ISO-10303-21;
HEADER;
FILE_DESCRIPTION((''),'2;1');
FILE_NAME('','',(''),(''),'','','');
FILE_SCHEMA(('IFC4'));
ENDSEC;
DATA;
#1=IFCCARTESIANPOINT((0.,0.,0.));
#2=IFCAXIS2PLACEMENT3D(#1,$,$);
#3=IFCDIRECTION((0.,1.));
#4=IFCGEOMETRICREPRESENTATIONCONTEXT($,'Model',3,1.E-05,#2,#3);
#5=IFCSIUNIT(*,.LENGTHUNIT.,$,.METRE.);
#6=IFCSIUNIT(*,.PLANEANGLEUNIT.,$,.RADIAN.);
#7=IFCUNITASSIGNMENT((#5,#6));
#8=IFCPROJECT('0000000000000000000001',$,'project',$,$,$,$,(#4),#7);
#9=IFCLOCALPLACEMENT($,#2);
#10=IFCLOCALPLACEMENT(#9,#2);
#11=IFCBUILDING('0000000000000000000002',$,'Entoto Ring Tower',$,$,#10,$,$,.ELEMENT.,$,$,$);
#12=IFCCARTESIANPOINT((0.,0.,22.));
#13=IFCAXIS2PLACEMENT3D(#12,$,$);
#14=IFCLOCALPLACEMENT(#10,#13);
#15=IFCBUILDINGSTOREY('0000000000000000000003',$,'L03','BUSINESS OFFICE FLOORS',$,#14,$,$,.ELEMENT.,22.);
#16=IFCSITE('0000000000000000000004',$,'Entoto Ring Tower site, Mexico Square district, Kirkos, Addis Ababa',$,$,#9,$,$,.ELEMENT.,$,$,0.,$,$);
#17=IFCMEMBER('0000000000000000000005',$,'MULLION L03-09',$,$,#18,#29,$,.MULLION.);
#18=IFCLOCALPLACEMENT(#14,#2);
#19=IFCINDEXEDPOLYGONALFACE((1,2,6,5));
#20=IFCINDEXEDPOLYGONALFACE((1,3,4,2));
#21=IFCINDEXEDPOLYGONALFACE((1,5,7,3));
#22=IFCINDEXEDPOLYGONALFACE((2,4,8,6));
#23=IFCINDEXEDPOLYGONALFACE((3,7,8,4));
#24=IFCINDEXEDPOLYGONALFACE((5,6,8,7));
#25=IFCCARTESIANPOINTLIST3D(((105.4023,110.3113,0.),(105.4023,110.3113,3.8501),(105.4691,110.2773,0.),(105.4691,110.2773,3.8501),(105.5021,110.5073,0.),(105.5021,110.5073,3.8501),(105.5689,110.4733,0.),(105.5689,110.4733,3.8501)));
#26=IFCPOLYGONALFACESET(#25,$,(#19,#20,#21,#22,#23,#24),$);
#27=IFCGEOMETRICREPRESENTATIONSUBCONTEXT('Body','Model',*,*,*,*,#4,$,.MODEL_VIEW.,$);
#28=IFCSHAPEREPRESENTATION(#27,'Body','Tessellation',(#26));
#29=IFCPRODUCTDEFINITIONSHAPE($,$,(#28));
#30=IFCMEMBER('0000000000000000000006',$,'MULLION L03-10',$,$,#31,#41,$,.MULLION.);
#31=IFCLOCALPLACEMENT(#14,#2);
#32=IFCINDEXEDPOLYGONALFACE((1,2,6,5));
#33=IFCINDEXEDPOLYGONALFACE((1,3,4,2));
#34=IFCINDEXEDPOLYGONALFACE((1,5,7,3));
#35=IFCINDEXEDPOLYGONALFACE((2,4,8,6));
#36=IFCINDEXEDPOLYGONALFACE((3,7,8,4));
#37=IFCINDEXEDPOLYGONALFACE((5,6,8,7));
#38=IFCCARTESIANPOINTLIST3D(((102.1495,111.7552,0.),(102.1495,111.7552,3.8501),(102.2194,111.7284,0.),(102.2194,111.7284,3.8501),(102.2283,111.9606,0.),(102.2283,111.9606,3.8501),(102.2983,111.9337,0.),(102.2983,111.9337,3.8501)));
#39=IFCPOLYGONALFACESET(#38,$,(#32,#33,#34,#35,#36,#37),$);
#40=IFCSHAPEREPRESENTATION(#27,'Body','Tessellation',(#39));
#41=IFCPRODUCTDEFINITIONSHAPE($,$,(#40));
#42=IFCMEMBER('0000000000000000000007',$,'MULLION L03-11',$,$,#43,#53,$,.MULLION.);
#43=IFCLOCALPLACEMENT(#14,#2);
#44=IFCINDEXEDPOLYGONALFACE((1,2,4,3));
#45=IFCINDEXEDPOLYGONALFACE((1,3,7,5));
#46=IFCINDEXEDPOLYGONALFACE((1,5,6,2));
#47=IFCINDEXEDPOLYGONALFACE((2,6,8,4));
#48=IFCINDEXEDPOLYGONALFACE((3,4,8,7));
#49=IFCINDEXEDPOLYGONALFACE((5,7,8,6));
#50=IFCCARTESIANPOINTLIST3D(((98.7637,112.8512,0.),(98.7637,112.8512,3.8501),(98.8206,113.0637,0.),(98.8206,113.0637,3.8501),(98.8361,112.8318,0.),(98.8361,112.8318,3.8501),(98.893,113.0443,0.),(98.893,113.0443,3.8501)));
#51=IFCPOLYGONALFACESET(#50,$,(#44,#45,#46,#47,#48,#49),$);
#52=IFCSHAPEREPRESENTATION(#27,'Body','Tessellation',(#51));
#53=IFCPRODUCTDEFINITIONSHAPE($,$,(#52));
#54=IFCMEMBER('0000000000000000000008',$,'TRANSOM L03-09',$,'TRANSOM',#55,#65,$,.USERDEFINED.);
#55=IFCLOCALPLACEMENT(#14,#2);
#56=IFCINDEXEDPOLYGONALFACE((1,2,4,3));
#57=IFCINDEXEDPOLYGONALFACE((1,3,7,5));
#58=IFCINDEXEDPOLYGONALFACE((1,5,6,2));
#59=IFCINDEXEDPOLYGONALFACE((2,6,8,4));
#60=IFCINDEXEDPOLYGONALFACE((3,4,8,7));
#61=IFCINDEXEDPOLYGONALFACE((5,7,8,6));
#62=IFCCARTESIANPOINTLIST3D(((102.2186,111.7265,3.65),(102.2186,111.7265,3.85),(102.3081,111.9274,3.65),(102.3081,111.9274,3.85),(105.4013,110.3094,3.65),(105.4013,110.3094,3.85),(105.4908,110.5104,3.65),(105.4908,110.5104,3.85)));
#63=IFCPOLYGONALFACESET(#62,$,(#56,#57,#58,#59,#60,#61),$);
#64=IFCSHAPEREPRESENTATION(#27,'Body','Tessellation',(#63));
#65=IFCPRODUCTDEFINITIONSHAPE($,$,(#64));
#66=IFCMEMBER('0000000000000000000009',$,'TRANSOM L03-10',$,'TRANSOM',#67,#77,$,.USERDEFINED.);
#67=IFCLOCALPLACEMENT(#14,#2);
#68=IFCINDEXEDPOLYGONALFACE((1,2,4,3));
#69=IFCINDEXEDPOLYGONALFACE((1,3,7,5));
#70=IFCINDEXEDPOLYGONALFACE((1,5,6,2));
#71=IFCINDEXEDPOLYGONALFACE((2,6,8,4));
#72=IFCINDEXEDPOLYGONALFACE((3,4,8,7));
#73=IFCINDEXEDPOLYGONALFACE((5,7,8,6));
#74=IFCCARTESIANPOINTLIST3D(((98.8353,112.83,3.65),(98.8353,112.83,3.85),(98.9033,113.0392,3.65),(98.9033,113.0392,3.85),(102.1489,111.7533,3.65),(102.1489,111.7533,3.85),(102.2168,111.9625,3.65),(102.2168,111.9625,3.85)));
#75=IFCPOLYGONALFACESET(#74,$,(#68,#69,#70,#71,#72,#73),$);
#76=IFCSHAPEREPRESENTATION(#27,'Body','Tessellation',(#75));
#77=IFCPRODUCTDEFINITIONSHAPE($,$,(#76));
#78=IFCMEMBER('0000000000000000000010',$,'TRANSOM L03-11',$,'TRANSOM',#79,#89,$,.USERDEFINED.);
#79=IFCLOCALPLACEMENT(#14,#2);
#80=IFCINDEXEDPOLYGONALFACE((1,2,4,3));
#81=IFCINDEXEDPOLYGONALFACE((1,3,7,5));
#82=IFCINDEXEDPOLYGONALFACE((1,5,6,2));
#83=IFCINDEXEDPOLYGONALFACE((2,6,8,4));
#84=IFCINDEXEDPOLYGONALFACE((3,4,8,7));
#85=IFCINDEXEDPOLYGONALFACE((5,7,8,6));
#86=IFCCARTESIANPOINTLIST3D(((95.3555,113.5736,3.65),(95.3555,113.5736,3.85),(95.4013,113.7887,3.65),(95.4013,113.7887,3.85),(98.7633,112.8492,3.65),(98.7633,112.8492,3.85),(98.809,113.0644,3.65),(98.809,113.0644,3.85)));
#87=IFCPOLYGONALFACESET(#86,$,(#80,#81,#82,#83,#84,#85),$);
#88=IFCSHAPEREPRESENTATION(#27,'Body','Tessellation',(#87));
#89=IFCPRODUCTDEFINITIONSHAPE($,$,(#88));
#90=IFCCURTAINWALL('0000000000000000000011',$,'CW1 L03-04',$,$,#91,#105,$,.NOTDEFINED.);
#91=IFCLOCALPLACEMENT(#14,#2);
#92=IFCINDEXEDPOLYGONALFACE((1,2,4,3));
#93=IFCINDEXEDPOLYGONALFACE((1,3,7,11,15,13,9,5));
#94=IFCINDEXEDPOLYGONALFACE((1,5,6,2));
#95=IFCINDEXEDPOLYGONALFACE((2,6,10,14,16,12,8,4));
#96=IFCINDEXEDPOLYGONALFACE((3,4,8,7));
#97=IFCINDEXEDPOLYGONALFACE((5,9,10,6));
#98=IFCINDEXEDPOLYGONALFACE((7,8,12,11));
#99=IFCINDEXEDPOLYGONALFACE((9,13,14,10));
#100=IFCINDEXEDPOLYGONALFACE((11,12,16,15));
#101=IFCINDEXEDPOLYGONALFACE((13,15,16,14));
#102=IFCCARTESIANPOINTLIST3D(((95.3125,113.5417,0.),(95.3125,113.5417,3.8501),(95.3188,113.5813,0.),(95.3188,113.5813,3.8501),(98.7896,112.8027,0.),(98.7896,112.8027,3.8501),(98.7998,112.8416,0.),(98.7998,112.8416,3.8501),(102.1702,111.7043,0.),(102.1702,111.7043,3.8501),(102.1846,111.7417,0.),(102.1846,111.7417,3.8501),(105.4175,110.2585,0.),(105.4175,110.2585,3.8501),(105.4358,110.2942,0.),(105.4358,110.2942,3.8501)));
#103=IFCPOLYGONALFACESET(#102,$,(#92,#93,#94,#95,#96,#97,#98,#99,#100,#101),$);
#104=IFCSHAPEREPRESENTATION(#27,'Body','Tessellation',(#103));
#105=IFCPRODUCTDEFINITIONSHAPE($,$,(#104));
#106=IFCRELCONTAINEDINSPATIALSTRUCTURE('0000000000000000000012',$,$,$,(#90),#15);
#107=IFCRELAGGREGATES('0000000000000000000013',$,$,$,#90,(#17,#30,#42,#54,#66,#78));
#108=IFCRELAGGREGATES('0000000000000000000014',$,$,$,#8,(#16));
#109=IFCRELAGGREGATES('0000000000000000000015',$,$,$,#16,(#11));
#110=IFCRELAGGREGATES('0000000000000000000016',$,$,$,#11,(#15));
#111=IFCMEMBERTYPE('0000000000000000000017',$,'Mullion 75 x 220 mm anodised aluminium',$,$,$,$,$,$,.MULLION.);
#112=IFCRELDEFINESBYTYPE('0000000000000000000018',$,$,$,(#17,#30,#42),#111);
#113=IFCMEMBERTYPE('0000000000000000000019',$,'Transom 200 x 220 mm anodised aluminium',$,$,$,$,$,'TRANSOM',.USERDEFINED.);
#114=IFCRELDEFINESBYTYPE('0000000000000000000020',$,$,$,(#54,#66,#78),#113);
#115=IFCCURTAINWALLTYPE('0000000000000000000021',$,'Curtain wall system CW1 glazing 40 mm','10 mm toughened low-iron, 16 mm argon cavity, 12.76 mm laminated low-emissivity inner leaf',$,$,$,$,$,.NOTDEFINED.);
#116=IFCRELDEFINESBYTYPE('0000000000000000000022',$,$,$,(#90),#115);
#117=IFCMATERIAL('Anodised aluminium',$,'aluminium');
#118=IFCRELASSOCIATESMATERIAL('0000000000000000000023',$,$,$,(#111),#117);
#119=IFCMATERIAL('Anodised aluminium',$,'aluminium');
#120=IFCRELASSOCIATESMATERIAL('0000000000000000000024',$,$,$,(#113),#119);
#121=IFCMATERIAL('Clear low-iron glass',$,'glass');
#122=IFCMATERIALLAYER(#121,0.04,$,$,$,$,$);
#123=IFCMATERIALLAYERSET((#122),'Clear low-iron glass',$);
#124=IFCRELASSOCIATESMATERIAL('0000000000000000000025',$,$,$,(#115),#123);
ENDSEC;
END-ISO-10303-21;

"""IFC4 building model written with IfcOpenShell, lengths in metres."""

from ifc_helpers import new_model, si_unit, direction, frame, origin, origin_2d, place, context, subcontext, project, spatial, polyline, rectangle, outline, extrude, material, layer, layer_set, material_profile, profile_set, type_object, element, aggregate, save


model = new_model("IFC4")

# Units and contexts
model_context = context("Model", 3, precision=1e-05, world=origin(), true_north=direction((0.0, 1.0)))
body_context = subcontext(model_context, "Body", "Model", "MODEL_VIEW")
ifc_project = project(units=[si_unit("LENGTHUNIT", "METRE"), si_unit("PLANEANGLEUNIT", "RADIAN")], contexts=[model_context])

# Members
ifc_material_1 = material(Name="Anodised aluminium", Category="aluminium")
ifc_material_profile_1 = material_profile(ifc_material_1, rectangle(XDim=0.075, YDim=0.22, at=origin_2d()), Name="Mullion 75 x 220 mm anodised aluminium")
ifc_profile_set_1 = profile_set([ifc_material_profile_1], Name="Anodised aluminium")
member_type_1 = type_object("IfcMemberType", Name="Mullion 75 x 220 mm anodised aluminium", PredefinedType="MULLION", material=ifc_profile_set_1)
site_placement = place(None, origin())
building_placement = place(site_placement, origin())
storey_placement = place(building_placement, frame((0.0, 0.0, 22.0)))
member_1_placement = place(storey_placement, frame((105.4856, 110.3923, 0.0), z_axis=(0.0, 0.0, 1.0), x_axis=(-0.891007, 0.45399, 0.0)))
member_1 = element("IfcMember", 1, at=member_1_placement, type_object=member_type_1, Name="MULLION L03-09", PredefinedType="MULLION", context=body_context, shape_type="SweptSolid", body=[
    extrude(rectangle(XDim=0.075, YDim=0.22, at=origin_2d()), origin(), (0.0, 0.0, 1.0), 3.8501),
])
member_2_placement = place(storey_placement, frame((102.2239, 111.8445, 0.0), z_axis=(0.0, 0.0, 1.0), x_axis=(-0.93358, 0.358368, 0.0)))
member_2 = element("IfcMember", 2, at=member_2_placement, type_object=member_type_1, Name="MULLION L03-10", PredefinedType="MULLION", context=body_context, shape_type="SweptSolid", body=[
    extrude(rectangle(XDim=0.075, YDim=0.22, at=origin_2d()), origin(), (0.0, 0.0, 1.0), 3.8501),
])
member_3_placement = place(storey_placement, frame((98.8284, 112.9478, 0.0), z_axis=(0.0, 0.0, 1.0), x_axis=(-0.965926, 0.258819, 0.0)))
member_3 = element("IfcMember", 3, at=member_3_placement, type_object=member_type_1, Name="MULLION L03-11", PredefinedType="MULLION", context=body_context, shape_type="SweptSolid", body=[
    extrude(rectangle(XDim=0.075, YDim=0.22, at=origin_2d()), origin(), (0.0, 0.0, 1.0), 3.8501),
])
ifc_material_2 = material(Name="Anodised aluminium", Category="aluminium")
ifc_material_profile_2 = material_profile(ifc_material_2, rectangle(XDim=0.22, YDim=0.2, at=origin_2d()), Name="Transom 200 x 220 mm anodised aluminium")
ifc_profile_set_2 = profile_set([ifc_material_profile_2], Name="Anodised aluminium")
member_type_2 = type_object("IfcMemberType", Name="Transom 200 x 220 mm anodised aluminium", ElementType="TRANSOM", PredefinedType="USERDEFINED", material=ifc_profile_set_2)
member_4_placement = place(storey_placement, frame((105.446, 110.4099, 3.75), z_axis=(-0.913545, 0.406737, 0.0), x_axis=(-0.406737, -0.913545, 0.0)))
member_4 = element("IfcMember", 4, at=member_4_placement, type_object=member_type_2, Name="TRANSOM L03-09", ObjectType="TRANSOM", PredefinedType="USERDEFINED", context=body_context, shape_type="SweptSolid", body=[
    extrude(rectangle(XDim=0.22, YDim=0.2, at=origin_2d()), origin(), (0.0, 0.0, 1.0), 3.4839),
])
member_5_placement = place(storey_placement, frame((102.1829, 111.8579, 3.75), z_axis=(-0.951053, 0.309029, 0.0), x_axis=(-0.309029, -0.951053, 0.0)))
member_5 = element("IfcMember", 5, at=member_5_placement, type_object=member_type_2, Name="TRANSOM L03-10", ObjectType="TRANSOM", PredefinedType="USERDEFINED", context=body_context, shape_type="SweptSolid", body=[
    extrude(rectangle(XDim=0.22, YDim=0.2, at=origin_2d()), origin(), (0.0, 0.0, 1.0), 3.4841),
])
member_6_placement = place(storey_placement, frame((98.7861, 112.9568, 3.75), z_axis=(-0.978146, 0.207921, 0.0), x_axis=(-0.207921, -0.978146, 0.0)))
member_6 = element("IfcMember", 6, at=member_6_placement, type_object=member_type_2, Name="TRANSOM L03-11", ObjectType="TRANSOM", PredefinedType="USERDEFINED", context=body_context, shape_type="SweptSolid", body=[
    extrude(rectangle(XDim=0.22, YDim=0.2, at=origin_2d()), origin(), (0.0, 0.0, 1.0), 3.4839),
])

# Site, building, storey
site = spatial("IfcSite", under=ifc_project, at=site_placement, Name="Entoto Ring Tower site, Mexico Square district, Kirkos, Addis Ababa", CompositionType="ELEMENT", RefElevation=0.0)
building = spatial("IfcBuilding", under=site, at=building_placement, Name="Entoto Ring Tower", CompositionType="ELEMENT")
storey = spatial("IfcBuildingStorey", under=building, at=storey_placement, Name="L03", Description="BUSINESS OFFICE FLOORS", CompositionType="ELEMENT", Elevation=22.0)

# Curtain wall
ifc_material_3 = material(Name="Clear low-iron glass", Category="glass")
ifc_layer = layer(ifc_material_3, 0.04)
ifc_layer_set = layer_set([ifc_layer], Name="Clear low-iron glass")
curtain_wall_type = type_object("IfcCurtainWallType", Name="Curtain wall system CW1 glazing 40 mm", Description="10 mm toughened low-iron, 16 mm argon cavity, 12.76 mm laminated low-emissivity inner leaf", PredefinedType="NOTDEFINED", material=ifc_layer_set)
curtain_wall_1_placement = place(storey_placement, origin())
curtain_wall_1 = element("IfcCurtainWall", 7, at=curtain_wall_1_placement, inside=storey, type_object=curtain_wall_type, Name="CW1 L03-04", PredefinedType="NOTDEFINED", context=body_context, shape_type="SweptSolid", body=[
    extrude(outline(polyline([(105.4358, 110.2942), (102.1846, 111.7417), (98.7998, 112.8416), (95.3188, 113.5813), (95.3125, 113.5417), (98.7896, 112.8027), (102.1702, 111.7043), (105.4175, 110.2585), (105.4358, 110.2942)])), origin(), (0.0, 0.0, 1.0), 3.8501),
])
aggregate(curtain_wall_1, [member_1, member_2, member_3, member_4, member_5, member_6])

save(model, "model.ifc")
